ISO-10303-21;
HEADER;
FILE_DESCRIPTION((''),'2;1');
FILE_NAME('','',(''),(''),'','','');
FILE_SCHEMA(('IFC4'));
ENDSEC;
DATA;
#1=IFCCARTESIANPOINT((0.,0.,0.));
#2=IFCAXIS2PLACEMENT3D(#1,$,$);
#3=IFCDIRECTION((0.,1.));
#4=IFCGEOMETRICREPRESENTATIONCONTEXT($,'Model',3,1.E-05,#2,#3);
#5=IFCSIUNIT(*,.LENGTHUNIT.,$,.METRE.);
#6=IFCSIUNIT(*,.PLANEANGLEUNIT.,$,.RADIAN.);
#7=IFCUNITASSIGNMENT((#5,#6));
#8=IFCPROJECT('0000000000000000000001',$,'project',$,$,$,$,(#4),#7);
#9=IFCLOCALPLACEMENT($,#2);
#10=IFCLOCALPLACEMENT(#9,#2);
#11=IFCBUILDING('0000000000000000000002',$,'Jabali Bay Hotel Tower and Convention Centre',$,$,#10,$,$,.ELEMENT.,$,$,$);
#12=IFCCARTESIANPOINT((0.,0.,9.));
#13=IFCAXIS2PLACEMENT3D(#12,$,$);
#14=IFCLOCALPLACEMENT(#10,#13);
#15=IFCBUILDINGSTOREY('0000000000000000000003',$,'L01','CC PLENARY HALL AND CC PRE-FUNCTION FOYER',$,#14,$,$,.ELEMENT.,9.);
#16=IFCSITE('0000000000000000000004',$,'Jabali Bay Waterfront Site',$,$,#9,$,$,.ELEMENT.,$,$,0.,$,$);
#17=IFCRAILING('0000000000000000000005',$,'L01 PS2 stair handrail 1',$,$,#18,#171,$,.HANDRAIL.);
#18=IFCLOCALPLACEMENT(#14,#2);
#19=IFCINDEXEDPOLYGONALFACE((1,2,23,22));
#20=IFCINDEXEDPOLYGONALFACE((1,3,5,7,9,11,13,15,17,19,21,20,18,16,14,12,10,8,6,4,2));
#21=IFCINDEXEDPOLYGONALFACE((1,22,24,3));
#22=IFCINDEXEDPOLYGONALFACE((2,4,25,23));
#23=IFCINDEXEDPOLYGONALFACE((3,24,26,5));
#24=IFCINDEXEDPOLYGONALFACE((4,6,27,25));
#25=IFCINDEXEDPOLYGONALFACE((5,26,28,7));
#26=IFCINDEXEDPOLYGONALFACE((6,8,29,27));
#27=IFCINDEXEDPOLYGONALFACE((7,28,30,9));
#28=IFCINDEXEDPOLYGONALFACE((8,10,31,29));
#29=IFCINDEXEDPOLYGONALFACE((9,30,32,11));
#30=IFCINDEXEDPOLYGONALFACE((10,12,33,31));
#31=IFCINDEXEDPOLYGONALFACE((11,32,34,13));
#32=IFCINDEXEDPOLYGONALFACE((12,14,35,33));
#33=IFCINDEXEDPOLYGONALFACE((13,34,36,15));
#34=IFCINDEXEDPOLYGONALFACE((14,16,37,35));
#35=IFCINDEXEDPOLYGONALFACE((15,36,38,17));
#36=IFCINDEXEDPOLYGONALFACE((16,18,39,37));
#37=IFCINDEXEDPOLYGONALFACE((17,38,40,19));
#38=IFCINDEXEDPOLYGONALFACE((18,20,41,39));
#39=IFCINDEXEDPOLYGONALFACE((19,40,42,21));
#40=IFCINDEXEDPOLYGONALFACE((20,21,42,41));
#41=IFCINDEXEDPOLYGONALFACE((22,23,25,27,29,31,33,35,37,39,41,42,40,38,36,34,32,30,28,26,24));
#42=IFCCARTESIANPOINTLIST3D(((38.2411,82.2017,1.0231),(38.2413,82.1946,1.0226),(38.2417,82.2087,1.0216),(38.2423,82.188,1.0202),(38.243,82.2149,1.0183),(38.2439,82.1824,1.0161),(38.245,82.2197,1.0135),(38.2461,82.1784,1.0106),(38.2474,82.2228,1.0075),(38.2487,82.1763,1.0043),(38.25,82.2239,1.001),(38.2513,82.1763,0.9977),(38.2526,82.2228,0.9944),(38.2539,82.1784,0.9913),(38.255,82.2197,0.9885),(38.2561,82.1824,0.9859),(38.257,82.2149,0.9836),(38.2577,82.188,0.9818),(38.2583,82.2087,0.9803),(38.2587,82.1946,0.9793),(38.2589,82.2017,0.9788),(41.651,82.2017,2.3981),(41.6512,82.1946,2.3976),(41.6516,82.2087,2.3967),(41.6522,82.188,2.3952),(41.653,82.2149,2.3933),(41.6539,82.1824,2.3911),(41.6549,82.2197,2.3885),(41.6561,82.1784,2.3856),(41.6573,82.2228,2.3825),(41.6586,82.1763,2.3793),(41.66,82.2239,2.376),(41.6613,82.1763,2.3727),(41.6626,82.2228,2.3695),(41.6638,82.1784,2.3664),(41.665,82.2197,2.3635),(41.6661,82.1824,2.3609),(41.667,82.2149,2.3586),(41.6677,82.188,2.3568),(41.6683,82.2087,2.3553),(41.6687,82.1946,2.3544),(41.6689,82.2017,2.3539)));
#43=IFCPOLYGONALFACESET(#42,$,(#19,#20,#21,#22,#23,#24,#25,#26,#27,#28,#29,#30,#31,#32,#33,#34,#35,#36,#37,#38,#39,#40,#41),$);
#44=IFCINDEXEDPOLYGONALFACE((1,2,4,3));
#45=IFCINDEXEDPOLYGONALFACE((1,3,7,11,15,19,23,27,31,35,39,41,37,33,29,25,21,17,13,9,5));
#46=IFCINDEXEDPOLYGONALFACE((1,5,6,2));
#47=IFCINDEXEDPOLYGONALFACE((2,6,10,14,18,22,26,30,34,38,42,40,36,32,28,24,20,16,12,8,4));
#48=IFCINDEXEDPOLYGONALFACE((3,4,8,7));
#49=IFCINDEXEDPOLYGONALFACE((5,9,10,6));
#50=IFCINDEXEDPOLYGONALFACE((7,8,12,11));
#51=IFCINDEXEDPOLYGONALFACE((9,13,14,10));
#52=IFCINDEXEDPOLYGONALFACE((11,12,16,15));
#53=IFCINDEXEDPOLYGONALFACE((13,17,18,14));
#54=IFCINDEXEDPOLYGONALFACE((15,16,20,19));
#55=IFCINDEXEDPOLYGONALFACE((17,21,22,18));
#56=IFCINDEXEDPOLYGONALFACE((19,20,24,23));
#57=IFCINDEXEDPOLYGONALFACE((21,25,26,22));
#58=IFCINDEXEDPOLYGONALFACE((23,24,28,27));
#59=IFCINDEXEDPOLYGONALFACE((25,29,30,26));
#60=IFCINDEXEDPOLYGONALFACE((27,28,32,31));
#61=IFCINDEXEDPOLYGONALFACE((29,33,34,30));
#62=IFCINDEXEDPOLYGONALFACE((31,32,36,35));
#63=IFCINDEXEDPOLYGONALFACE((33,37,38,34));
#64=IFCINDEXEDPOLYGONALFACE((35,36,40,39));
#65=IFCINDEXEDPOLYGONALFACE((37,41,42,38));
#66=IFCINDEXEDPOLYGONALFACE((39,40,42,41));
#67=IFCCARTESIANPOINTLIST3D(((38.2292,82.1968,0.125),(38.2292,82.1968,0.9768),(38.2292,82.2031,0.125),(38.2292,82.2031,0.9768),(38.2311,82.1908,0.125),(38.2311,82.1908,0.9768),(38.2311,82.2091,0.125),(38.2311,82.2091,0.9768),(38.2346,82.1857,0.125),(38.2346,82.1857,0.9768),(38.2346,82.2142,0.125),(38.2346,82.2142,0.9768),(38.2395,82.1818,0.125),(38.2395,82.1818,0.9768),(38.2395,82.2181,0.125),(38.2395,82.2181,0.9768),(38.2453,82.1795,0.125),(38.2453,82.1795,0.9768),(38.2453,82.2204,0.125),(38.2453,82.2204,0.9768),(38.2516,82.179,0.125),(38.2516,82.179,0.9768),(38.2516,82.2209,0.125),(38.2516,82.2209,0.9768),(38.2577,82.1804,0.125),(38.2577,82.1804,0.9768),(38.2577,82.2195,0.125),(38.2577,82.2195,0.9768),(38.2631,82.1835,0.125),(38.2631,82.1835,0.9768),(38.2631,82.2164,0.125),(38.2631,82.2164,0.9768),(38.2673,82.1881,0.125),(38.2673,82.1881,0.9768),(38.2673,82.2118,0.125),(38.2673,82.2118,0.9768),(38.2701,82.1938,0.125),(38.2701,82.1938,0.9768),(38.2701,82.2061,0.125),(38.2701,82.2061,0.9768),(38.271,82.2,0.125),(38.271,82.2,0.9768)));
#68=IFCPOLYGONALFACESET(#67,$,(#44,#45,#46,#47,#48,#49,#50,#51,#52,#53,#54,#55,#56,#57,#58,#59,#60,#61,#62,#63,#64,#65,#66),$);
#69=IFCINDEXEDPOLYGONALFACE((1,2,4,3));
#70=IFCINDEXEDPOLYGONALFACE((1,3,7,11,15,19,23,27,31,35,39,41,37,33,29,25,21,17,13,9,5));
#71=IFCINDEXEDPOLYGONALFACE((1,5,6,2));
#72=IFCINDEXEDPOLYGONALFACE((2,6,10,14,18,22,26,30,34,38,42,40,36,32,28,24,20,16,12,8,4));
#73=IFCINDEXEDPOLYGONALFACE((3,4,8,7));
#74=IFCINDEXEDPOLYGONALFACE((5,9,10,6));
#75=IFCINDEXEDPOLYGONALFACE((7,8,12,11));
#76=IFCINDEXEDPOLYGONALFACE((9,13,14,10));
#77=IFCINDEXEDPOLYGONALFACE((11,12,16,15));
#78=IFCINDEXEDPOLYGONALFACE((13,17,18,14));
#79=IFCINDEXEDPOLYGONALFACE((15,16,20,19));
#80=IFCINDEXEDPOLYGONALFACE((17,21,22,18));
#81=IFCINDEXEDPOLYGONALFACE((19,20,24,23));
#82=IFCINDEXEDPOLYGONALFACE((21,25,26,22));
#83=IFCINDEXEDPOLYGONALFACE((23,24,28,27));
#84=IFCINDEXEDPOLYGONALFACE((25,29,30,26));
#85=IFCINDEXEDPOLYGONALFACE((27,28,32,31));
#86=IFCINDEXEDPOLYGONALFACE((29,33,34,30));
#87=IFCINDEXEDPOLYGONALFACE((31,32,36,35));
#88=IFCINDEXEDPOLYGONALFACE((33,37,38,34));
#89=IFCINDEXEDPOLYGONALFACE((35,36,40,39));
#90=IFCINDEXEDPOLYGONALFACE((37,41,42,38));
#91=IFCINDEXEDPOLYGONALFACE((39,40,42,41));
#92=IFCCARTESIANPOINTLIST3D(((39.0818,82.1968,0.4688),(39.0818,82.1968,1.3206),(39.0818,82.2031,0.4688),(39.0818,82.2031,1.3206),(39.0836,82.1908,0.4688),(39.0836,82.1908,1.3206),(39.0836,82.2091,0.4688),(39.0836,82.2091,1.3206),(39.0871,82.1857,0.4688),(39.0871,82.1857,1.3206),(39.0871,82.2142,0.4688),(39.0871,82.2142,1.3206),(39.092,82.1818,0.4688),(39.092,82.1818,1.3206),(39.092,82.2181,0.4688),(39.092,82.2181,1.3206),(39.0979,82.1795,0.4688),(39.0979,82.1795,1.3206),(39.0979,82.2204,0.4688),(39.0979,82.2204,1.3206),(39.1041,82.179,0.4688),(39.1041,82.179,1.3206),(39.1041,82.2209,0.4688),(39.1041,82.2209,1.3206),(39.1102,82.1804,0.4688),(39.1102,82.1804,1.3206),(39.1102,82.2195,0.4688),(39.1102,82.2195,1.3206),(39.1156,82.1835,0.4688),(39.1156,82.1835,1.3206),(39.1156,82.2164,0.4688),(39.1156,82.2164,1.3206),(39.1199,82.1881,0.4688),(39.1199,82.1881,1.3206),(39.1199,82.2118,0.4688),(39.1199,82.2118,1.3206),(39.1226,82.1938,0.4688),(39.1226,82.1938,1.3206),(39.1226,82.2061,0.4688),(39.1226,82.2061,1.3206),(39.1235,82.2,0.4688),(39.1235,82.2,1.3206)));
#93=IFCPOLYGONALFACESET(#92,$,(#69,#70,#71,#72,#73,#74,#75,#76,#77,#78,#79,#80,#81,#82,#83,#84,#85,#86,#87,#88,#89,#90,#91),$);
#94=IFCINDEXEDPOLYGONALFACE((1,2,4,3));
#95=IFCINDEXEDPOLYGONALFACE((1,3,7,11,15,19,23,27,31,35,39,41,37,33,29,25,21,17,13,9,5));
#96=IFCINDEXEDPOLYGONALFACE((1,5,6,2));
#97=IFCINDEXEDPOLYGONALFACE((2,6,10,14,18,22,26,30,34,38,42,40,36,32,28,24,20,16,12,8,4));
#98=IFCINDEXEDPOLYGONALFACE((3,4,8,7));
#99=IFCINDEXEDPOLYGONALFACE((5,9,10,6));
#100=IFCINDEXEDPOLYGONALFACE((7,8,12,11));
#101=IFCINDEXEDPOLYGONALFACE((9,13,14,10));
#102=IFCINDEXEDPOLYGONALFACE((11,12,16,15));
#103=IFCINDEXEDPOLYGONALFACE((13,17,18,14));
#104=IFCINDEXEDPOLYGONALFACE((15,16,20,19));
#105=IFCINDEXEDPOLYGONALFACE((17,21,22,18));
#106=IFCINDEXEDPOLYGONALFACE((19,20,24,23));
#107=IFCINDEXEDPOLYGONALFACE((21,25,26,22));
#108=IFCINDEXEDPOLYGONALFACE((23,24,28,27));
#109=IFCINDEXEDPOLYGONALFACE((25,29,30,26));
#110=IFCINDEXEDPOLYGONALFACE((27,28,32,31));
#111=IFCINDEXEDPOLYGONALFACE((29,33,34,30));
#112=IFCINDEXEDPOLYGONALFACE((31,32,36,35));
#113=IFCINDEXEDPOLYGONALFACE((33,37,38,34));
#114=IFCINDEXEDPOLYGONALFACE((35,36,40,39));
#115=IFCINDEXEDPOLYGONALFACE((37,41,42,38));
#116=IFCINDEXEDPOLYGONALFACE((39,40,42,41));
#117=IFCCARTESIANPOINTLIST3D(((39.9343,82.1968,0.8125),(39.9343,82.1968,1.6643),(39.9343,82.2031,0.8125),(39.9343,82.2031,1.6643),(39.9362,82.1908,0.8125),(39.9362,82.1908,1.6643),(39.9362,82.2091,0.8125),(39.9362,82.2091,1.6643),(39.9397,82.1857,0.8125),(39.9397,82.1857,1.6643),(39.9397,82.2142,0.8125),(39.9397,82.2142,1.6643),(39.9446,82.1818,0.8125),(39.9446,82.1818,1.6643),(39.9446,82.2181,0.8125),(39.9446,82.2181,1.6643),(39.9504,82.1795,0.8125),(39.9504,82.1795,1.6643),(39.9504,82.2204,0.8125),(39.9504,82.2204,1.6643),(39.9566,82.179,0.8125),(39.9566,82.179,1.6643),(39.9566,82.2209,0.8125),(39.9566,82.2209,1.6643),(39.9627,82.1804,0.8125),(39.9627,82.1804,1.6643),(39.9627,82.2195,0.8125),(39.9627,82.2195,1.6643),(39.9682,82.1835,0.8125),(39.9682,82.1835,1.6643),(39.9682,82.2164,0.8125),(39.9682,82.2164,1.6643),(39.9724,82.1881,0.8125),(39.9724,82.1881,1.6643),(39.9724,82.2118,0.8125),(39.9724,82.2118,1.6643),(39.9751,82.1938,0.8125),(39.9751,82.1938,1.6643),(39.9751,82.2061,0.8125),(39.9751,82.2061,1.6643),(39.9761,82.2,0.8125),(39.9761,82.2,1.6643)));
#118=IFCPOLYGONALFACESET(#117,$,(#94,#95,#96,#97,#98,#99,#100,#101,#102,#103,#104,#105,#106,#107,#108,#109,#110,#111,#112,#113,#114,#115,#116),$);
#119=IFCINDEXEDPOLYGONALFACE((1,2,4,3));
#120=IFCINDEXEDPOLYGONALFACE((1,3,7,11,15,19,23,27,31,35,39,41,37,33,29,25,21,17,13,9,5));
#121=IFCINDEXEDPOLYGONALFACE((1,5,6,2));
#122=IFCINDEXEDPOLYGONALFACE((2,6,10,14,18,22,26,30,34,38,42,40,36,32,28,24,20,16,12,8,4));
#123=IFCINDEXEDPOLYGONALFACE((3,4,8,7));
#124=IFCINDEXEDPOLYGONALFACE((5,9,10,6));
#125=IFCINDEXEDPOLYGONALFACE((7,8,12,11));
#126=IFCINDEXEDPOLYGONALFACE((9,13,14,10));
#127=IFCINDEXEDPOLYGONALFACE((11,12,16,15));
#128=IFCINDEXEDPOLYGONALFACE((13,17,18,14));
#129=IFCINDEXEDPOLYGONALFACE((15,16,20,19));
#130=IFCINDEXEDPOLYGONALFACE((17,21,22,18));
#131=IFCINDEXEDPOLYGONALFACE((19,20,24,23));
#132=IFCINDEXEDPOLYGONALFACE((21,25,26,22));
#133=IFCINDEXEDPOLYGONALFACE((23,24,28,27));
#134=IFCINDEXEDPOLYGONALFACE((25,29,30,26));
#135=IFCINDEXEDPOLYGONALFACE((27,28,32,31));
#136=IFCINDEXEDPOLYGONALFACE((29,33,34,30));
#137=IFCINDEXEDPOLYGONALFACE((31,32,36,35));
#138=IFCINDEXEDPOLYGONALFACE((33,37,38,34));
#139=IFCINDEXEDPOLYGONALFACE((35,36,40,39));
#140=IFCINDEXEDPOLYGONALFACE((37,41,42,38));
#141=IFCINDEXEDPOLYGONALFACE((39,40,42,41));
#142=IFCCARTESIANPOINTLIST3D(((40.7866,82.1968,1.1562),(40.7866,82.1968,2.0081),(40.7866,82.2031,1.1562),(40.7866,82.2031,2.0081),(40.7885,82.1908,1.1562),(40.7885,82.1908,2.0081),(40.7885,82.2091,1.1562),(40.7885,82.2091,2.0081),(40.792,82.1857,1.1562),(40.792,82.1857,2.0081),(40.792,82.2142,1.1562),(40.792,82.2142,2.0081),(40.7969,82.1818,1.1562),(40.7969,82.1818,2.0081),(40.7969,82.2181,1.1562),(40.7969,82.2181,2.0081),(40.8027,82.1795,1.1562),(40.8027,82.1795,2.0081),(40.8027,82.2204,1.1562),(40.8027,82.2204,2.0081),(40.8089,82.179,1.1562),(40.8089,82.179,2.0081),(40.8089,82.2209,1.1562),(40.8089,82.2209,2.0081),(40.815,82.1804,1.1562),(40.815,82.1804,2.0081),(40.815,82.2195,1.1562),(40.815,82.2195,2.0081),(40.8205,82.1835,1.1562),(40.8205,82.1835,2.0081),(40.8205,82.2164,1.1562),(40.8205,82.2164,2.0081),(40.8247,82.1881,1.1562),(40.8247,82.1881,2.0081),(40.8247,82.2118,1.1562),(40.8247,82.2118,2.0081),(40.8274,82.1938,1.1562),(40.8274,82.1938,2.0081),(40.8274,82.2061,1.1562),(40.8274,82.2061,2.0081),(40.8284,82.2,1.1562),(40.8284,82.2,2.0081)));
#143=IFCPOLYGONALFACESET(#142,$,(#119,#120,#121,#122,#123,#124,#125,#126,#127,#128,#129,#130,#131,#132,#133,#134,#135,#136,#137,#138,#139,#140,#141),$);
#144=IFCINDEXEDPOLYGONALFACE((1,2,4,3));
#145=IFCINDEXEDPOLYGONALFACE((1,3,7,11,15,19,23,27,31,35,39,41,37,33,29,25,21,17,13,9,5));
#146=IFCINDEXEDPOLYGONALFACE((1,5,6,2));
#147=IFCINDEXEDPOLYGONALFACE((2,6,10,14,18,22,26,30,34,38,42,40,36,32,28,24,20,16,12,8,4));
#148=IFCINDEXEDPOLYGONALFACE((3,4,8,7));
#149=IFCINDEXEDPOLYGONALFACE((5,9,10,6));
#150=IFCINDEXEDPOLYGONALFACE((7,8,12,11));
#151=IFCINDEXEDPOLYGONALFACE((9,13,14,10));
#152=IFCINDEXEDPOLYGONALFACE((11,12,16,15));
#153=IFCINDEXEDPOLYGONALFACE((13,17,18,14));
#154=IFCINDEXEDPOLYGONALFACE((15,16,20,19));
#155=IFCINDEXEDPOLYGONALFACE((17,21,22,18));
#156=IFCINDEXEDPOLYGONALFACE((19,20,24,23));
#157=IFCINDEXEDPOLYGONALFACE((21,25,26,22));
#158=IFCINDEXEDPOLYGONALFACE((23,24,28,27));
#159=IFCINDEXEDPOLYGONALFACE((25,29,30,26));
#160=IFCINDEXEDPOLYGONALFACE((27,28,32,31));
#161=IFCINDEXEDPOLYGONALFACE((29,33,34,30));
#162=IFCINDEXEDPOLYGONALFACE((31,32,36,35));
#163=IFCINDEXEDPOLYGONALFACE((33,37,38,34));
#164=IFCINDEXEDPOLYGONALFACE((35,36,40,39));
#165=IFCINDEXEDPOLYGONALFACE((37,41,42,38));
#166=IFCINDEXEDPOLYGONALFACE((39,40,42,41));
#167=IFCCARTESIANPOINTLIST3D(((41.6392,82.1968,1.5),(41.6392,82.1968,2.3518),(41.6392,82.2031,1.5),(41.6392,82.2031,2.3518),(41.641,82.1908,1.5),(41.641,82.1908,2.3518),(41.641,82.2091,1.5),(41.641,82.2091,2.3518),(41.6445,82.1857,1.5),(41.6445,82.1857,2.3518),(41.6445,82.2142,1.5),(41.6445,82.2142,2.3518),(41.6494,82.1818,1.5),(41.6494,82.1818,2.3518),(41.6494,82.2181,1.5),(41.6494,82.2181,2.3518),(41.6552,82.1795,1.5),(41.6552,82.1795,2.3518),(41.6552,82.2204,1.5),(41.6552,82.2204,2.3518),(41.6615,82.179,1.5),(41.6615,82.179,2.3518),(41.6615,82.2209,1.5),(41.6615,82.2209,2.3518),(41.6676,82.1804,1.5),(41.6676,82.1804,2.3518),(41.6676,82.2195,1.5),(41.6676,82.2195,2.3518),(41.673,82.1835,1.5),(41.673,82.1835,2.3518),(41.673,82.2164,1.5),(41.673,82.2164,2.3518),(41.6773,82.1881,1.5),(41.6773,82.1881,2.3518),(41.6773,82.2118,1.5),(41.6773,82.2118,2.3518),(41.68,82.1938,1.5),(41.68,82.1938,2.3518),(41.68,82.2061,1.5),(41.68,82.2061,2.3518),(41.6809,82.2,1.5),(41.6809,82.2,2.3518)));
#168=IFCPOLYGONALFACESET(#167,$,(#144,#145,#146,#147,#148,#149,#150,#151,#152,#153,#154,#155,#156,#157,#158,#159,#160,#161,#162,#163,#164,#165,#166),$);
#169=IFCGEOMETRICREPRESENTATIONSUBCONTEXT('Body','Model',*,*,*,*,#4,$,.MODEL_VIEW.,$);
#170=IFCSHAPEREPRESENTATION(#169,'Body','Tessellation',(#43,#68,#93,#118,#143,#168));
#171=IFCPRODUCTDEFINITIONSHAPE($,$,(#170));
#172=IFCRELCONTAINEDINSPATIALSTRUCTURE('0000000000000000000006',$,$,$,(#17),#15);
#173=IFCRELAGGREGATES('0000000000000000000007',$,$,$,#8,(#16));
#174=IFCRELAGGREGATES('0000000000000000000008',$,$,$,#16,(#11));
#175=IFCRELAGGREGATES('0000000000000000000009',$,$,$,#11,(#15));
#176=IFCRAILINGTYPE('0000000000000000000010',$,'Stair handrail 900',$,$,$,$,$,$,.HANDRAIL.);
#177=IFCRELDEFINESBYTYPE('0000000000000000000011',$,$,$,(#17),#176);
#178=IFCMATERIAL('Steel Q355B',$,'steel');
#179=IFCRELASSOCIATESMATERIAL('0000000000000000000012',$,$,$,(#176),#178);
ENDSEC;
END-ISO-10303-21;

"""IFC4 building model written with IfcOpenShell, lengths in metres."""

from ifc_helpers import new_model, si_unit, direction, frame, origin, origin_2d, place, context, subcontext, project, spatial, circle, extrude, material, type_object, element, save


model = new_model("IFC4")

# Units and contexts
model_context = context("Model", 3, precision=1e-05, world=origin(), true_north=direction((0.0, 1.0)))
body_context = subcontext(model_context, "Body", "Model", "MODEL_VIEW")
ifc_project = project(units=[si_unit("LENGTHUNIT", "METRE"), si_unit("PLANEANGLEUNIT", "RADIAN")], contexts=[model_context])

# Site, building, storey
site_placement = place(None, origin())
site = spatial("IfcSite", under=ifc_project, at=site_placement, Name="Jabali Bay Waterfront Site", CompositionType="ELEMENT", RefElevation=0.0)
building_placement = place(site_placement, origin())
building = spatial("IfcBuilding", under=site, at=building_placement, Name="Jabali Bay Hotel Tower and Convention Centre", CompositionType="ELEMENT")
storey_placement = place(building_placement, frame((0.0, 0.0, 9.0)))
storey = spatial("IfcBuildingStorey", under=building, at=storey_placement, Name="L01", Description="CC PLENARY HALL AND CC PRE-FUNCTION FOYER", CompositionType="ELEMENT", Elevation=9.0)

# Railing
ifc_material_1 = material(Name="Steel Q355B", Category="steel")
railing_type_1 = type_object("IfcRailingType", Name="Stair handrail 900", PredefinedType="HANDRAIL", material=ifc_material_1)
for number, where, name in (
    (1, (38.25, 82.2, 0.125), "L01 PS2 stair handrail 1"),
):
    element("IfcRailing", number, at=place(storey_placement, frame(where)), inside=storey, type_object=railing_type_1, Name=name, PredefinedType="HANDRAIL", context=body_context, shape_type="SweptSolid", body=[
        extrude(circle(Radius=0.0239, at=origin_2d()), frame((0.0, 0.0, 0.876), z_axis=(0.927438, 0.0, 0.373977), x_axis=(0.0, 1.0, 0.0)), (0.0, 0.0, 1.0), 3.6768),
        extrude(circle(Radius=0.021, at=origin_2d()), origin(), (0.0, 0.0, 1.0), 0.8518),
        extrude(circle(Radius=0.021, at=origin_2d()), frame((0.8525, 0.0, 0.3438)), (0.0, 0.0, 1.0), 0.8518),
        extrude(circle(Radius=0.021, at=origin_2d()), frame((1.7051, 0.0, 0.6875)), (0.0, 0.0, 1.0), 0.8518),
        extrude(circle(Radius=0.021, at=origin_2d()), frame((2.5574, 0.0, 1.0312)), (0.0, 0.0, 1.0), 0.8518),
        extrude(circle(Radius=0.021, at=origin_2d()), frame((3.4099, 0.0, 1.375)), (0.0, 0.0, 1.0), 0.8518),
    ])

save(model, "model.ifc")
